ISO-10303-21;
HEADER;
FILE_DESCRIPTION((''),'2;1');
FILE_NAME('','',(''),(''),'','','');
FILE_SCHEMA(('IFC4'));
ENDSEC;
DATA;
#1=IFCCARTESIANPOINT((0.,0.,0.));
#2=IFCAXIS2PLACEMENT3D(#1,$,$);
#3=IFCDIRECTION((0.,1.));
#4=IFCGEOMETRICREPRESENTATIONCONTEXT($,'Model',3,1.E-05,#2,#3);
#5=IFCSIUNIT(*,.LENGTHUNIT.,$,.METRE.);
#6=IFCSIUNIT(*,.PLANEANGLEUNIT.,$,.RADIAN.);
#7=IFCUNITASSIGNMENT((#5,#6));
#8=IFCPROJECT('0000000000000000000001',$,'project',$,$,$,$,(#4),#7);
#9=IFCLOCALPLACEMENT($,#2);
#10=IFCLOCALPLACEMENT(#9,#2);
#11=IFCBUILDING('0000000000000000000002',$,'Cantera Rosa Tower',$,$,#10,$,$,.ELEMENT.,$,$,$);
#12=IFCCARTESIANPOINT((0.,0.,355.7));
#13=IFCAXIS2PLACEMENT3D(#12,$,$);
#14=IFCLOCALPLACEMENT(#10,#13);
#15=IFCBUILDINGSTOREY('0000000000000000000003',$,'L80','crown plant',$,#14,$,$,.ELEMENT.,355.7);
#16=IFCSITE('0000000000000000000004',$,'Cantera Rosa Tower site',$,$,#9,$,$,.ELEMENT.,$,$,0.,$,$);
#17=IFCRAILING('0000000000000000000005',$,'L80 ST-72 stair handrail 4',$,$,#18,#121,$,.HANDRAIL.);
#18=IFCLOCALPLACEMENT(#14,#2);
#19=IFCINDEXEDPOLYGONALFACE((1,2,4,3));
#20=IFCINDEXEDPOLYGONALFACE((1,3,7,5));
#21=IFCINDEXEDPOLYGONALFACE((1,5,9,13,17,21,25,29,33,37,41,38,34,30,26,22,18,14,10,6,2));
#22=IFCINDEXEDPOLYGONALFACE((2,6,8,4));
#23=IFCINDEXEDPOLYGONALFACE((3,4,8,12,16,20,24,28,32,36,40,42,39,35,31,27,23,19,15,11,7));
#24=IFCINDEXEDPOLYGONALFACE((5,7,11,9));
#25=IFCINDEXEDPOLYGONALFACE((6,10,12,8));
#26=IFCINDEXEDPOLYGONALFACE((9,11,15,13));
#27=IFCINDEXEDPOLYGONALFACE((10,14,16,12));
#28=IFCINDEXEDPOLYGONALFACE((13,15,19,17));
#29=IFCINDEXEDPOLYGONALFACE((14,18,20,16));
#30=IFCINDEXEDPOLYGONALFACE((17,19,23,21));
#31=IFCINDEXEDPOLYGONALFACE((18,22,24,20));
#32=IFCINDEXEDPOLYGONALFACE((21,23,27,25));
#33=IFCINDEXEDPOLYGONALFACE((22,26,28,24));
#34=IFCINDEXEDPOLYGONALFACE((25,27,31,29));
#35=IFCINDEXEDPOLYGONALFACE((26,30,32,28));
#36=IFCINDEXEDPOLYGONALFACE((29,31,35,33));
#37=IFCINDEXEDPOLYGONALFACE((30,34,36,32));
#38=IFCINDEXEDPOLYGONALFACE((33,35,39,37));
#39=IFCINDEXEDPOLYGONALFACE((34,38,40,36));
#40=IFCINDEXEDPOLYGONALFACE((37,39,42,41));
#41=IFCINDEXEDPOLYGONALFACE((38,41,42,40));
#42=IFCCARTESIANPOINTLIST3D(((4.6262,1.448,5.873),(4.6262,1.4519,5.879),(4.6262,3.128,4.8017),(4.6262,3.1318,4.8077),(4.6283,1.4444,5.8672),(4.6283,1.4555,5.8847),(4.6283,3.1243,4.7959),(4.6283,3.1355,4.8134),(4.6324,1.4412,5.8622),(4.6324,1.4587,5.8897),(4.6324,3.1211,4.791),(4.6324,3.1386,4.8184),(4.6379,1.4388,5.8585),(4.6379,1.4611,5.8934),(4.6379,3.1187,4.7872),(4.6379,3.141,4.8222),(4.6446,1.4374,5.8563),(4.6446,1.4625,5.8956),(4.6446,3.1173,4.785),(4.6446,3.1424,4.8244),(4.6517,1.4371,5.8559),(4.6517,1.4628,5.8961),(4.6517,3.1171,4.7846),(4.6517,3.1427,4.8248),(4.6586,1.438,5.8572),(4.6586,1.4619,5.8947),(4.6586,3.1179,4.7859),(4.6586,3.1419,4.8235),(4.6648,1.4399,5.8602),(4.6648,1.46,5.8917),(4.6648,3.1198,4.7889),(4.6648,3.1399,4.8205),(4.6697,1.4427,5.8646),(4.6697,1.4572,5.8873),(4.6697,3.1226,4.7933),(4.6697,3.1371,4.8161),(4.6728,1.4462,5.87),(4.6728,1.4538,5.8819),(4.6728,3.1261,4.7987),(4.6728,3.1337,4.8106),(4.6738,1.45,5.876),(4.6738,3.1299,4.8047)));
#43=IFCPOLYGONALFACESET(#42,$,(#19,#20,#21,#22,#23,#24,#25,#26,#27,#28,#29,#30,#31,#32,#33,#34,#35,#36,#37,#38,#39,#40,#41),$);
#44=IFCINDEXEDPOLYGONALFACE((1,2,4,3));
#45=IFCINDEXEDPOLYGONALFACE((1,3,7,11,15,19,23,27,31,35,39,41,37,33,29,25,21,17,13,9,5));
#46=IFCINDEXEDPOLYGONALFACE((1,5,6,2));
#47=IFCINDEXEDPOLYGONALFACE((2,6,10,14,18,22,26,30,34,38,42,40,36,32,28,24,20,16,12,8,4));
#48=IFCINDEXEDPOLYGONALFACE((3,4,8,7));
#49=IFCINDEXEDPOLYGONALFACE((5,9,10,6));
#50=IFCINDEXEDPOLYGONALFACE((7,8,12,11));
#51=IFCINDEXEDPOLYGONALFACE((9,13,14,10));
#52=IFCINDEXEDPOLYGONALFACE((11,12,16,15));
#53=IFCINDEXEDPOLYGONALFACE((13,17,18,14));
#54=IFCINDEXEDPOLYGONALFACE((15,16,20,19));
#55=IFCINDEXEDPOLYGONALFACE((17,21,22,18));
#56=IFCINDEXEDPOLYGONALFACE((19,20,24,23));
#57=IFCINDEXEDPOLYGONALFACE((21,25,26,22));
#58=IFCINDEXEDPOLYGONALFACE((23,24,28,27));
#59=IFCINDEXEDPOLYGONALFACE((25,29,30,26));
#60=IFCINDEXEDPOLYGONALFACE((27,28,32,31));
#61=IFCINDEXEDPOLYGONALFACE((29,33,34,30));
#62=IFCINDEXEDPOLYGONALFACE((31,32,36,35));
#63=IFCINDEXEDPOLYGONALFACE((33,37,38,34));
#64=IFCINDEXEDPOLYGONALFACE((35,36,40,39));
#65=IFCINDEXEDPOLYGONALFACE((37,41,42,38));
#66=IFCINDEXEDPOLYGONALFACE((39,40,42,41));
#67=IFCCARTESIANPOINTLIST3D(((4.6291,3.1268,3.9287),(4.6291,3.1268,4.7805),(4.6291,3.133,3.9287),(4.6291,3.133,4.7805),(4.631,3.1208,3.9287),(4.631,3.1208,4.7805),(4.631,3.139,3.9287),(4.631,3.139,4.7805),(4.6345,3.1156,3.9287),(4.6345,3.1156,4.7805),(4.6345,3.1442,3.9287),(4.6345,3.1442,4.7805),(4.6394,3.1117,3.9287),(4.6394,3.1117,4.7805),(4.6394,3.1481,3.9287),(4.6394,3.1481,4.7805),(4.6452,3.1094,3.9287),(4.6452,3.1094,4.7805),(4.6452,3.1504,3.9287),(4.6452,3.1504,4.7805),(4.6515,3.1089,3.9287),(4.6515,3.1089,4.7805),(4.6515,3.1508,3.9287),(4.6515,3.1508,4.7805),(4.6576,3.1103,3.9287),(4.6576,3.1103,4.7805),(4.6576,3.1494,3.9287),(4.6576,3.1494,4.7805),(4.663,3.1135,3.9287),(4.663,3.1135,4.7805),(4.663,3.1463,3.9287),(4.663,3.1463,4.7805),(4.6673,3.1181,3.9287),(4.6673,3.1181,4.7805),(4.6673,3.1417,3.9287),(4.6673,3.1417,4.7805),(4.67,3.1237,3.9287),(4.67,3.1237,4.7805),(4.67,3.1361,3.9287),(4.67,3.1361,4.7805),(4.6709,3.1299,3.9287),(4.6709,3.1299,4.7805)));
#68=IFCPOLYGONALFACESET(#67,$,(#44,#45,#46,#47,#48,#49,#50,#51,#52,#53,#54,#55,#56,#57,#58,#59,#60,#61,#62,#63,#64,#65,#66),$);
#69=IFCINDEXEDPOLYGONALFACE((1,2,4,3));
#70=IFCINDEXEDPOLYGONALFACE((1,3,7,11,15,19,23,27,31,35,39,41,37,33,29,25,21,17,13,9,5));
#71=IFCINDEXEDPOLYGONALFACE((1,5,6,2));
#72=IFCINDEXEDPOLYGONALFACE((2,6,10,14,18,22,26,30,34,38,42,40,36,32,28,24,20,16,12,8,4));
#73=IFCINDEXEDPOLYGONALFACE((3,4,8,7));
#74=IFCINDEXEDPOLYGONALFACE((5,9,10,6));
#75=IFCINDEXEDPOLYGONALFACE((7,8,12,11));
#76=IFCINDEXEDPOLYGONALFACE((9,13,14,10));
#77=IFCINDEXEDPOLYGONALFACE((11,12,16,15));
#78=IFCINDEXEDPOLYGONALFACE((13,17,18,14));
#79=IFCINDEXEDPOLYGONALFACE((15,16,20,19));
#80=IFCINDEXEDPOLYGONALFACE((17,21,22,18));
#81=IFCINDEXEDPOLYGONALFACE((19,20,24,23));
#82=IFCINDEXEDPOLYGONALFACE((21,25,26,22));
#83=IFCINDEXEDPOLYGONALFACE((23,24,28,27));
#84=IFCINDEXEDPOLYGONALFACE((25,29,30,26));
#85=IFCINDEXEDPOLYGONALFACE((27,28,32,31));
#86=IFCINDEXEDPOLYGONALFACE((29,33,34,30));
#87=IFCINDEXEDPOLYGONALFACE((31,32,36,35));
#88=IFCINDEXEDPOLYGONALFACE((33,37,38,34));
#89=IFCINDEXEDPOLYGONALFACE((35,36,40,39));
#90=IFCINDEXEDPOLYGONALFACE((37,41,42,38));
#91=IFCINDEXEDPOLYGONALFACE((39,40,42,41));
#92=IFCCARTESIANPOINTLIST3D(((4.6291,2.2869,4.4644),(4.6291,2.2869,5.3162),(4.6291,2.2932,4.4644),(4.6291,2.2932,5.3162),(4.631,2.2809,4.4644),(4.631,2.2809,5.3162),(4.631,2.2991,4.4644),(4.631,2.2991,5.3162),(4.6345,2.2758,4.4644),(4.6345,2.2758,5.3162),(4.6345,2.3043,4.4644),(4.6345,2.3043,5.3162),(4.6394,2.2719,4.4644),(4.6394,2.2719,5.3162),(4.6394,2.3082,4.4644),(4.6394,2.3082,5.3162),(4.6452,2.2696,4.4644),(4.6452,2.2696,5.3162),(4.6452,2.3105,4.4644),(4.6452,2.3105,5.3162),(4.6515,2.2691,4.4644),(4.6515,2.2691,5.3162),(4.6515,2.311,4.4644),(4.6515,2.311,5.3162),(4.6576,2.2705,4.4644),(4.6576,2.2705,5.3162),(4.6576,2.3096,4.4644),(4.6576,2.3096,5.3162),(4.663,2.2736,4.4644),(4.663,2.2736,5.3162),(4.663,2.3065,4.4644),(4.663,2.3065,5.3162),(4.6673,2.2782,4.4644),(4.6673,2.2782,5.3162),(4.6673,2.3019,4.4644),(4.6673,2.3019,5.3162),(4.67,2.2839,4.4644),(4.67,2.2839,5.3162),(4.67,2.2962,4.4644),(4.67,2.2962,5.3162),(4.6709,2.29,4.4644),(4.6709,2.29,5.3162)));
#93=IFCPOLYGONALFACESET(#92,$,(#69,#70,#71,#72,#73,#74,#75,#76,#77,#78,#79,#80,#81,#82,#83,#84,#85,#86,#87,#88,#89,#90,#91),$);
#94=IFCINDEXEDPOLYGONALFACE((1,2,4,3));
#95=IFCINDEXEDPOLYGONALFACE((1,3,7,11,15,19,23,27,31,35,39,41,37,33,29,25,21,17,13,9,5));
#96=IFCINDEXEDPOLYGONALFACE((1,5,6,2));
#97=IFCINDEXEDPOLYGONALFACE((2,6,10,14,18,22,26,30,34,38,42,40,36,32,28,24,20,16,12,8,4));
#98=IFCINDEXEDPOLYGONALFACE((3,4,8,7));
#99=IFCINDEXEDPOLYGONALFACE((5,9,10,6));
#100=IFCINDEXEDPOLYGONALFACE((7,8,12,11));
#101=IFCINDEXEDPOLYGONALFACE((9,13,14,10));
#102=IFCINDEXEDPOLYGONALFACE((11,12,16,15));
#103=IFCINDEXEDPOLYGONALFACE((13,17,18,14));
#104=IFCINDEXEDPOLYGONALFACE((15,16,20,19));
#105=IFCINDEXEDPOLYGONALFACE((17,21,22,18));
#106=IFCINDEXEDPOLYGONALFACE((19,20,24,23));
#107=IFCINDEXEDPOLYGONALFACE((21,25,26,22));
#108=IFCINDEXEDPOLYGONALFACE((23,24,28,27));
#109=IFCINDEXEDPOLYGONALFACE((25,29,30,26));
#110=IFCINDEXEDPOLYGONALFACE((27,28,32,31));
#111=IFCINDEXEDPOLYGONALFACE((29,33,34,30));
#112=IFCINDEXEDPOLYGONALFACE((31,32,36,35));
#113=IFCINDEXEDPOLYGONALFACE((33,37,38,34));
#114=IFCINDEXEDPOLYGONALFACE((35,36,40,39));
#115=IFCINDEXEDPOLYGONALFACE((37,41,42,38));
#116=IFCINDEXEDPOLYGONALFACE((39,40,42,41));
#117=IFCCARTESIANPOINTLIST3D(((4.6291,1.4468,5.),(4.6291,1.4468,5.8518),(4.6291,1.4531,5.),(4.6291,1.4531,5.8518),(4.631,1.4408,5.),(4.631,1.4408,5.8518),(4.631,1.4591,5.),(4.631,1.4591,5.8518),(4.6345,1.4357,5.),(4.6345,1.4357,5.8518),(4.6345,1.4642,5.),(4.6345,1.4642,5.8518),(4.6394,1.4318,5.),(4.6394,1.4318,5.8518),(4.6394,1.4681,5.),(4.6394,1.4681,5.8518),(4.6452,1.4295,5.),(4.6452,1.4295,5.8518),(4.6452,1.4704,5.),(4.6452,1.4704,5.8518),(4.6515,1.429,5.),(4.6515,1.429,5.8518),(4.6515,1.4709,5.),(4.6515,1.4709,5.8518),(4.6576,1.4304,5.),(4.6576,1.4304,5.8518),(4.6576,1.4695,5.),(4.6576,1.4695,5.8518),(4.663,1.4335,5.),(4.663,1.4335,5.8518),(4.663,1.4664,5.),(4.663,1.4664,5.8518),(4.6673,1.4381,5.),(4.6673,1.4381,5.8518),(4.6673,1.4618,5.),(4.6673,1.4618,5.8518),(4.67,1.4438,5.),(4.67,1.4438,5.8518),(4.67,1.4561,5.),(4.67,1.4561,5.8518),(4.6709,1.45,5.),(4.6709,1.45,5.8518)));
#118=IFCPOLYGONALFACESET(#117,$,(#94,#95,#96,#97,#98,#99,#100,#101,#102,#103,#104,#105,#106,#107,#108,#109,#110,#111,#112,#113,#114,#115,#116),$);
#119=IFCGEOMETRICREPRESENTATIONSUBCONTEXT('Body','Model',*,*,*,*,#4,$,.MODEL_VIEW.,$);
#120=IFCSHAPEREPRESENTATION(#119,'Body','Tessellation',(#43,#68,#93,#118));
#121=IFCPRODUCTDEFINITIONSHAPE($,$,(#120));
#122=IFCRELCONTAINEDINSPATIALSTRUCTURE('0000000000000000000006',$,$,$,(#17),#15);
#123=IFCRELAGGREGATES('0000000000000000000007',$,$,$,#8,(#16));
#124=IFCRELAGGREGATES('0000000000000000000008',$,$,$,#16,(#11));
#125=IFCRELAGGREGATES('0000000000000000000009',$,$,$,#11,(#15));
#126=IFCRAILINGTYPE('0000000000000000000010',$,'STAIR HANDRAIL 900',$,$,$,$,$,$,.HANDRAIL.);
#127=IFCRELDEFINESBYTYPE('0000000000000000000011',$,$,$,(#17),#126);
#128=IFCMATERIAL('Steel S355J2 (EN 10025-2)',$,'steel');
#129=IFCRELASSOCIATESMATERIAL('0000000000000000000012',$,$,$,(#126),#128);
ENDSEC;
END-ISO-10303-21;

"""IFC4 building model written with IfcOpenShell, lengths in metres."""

from ifc_helpers import new_model, si_unit, direction, frame, origin, origin_2d, place, context, subcontext, project, spatial, circle, extrude, material, type_object, element, save


model = new_model("IFC4")

# Units and contexts
model_context = context("Model", 3, precision=1e-05, world=origin(), true_north=direction((0.0, 1.0)))
body_context = subcontext(model_context, "Body", "Model", "MODEL_VIEW")
ifc_project = project(units=[si_unit("LENGTHUNIT", "METRE"), si_unit("PLANEANGLEUNIT", "RADIAN")], contexts=[model_context])

# Site, building, storey
site_placement = place(None, origin())
site = spatial("IfcSite", under=ifc_project, at=site_placement, Name="Cantera Rosa Tower site", CompositionType="ELEMENT", RefElevation=0.0)
building_placement = place(site_placement, origin())
building = spatial("IfcBuilding", under=site, at=building_placement, Name="Cantera Rosa Tower", CompositionType="ELEMENT")
storey_placement = place(building_placement, frame((0.0, 0.0, 355.7)))
storey = spatial("IfcBuildingStorey", under=building, at=storey_placement, Name="L80", Description="crown plant", CompositionType="ELEMENT", Elevation=355.7)

# Railing
ifc_material_1 = material(Name="Steel S355J2 (EN 10025-2)", Category="steel")
railing_type_1 = type_object("IfcRailingType", Name="STAIR HANDRAIL 900", PredefinedType="HANDRAIL", material=ifc_material_1)
railing_1_placement = place(storey_placement, frame((4.6499, 3.1299, 3.9287)))
element("IfcRailing", 1, at=railing_1_placement, inside=storey, type_object=railing_type_1, Name="L80 ST-72 stair handrail 4", PredefinedType="HANDRAIL", context=body_context, shape_type="SweptSolid", body=[
    extrude(circle(Radius=0.0239, at=origin_2d()), frame((0.0, 0.0, 0.876), z_axis=(0.0, -0.843152, 0.537676), x_axis=(1.0, 0.0, 0.0)), (0.0, 0.0, 1.0), 1.9924),
    extrude(circle(Radius=0.021, at=origin_2d()), origin(), (0.0, 0.0, 1.0), 0.8518),
    extrude(circle(Radius=0.021, at=origin_2d()), frame((0.0, -0.8398, 0.5356)), (0.0, 0.0, 1.0), 0.8518),
    extrude(circle(Radius=0.021, at=origin_2d()), frame((0.0, -1.6799, 1.0713)), (0.0, 0.0, 1.0), 0.8518),
])

save(model, "model.ifc")
